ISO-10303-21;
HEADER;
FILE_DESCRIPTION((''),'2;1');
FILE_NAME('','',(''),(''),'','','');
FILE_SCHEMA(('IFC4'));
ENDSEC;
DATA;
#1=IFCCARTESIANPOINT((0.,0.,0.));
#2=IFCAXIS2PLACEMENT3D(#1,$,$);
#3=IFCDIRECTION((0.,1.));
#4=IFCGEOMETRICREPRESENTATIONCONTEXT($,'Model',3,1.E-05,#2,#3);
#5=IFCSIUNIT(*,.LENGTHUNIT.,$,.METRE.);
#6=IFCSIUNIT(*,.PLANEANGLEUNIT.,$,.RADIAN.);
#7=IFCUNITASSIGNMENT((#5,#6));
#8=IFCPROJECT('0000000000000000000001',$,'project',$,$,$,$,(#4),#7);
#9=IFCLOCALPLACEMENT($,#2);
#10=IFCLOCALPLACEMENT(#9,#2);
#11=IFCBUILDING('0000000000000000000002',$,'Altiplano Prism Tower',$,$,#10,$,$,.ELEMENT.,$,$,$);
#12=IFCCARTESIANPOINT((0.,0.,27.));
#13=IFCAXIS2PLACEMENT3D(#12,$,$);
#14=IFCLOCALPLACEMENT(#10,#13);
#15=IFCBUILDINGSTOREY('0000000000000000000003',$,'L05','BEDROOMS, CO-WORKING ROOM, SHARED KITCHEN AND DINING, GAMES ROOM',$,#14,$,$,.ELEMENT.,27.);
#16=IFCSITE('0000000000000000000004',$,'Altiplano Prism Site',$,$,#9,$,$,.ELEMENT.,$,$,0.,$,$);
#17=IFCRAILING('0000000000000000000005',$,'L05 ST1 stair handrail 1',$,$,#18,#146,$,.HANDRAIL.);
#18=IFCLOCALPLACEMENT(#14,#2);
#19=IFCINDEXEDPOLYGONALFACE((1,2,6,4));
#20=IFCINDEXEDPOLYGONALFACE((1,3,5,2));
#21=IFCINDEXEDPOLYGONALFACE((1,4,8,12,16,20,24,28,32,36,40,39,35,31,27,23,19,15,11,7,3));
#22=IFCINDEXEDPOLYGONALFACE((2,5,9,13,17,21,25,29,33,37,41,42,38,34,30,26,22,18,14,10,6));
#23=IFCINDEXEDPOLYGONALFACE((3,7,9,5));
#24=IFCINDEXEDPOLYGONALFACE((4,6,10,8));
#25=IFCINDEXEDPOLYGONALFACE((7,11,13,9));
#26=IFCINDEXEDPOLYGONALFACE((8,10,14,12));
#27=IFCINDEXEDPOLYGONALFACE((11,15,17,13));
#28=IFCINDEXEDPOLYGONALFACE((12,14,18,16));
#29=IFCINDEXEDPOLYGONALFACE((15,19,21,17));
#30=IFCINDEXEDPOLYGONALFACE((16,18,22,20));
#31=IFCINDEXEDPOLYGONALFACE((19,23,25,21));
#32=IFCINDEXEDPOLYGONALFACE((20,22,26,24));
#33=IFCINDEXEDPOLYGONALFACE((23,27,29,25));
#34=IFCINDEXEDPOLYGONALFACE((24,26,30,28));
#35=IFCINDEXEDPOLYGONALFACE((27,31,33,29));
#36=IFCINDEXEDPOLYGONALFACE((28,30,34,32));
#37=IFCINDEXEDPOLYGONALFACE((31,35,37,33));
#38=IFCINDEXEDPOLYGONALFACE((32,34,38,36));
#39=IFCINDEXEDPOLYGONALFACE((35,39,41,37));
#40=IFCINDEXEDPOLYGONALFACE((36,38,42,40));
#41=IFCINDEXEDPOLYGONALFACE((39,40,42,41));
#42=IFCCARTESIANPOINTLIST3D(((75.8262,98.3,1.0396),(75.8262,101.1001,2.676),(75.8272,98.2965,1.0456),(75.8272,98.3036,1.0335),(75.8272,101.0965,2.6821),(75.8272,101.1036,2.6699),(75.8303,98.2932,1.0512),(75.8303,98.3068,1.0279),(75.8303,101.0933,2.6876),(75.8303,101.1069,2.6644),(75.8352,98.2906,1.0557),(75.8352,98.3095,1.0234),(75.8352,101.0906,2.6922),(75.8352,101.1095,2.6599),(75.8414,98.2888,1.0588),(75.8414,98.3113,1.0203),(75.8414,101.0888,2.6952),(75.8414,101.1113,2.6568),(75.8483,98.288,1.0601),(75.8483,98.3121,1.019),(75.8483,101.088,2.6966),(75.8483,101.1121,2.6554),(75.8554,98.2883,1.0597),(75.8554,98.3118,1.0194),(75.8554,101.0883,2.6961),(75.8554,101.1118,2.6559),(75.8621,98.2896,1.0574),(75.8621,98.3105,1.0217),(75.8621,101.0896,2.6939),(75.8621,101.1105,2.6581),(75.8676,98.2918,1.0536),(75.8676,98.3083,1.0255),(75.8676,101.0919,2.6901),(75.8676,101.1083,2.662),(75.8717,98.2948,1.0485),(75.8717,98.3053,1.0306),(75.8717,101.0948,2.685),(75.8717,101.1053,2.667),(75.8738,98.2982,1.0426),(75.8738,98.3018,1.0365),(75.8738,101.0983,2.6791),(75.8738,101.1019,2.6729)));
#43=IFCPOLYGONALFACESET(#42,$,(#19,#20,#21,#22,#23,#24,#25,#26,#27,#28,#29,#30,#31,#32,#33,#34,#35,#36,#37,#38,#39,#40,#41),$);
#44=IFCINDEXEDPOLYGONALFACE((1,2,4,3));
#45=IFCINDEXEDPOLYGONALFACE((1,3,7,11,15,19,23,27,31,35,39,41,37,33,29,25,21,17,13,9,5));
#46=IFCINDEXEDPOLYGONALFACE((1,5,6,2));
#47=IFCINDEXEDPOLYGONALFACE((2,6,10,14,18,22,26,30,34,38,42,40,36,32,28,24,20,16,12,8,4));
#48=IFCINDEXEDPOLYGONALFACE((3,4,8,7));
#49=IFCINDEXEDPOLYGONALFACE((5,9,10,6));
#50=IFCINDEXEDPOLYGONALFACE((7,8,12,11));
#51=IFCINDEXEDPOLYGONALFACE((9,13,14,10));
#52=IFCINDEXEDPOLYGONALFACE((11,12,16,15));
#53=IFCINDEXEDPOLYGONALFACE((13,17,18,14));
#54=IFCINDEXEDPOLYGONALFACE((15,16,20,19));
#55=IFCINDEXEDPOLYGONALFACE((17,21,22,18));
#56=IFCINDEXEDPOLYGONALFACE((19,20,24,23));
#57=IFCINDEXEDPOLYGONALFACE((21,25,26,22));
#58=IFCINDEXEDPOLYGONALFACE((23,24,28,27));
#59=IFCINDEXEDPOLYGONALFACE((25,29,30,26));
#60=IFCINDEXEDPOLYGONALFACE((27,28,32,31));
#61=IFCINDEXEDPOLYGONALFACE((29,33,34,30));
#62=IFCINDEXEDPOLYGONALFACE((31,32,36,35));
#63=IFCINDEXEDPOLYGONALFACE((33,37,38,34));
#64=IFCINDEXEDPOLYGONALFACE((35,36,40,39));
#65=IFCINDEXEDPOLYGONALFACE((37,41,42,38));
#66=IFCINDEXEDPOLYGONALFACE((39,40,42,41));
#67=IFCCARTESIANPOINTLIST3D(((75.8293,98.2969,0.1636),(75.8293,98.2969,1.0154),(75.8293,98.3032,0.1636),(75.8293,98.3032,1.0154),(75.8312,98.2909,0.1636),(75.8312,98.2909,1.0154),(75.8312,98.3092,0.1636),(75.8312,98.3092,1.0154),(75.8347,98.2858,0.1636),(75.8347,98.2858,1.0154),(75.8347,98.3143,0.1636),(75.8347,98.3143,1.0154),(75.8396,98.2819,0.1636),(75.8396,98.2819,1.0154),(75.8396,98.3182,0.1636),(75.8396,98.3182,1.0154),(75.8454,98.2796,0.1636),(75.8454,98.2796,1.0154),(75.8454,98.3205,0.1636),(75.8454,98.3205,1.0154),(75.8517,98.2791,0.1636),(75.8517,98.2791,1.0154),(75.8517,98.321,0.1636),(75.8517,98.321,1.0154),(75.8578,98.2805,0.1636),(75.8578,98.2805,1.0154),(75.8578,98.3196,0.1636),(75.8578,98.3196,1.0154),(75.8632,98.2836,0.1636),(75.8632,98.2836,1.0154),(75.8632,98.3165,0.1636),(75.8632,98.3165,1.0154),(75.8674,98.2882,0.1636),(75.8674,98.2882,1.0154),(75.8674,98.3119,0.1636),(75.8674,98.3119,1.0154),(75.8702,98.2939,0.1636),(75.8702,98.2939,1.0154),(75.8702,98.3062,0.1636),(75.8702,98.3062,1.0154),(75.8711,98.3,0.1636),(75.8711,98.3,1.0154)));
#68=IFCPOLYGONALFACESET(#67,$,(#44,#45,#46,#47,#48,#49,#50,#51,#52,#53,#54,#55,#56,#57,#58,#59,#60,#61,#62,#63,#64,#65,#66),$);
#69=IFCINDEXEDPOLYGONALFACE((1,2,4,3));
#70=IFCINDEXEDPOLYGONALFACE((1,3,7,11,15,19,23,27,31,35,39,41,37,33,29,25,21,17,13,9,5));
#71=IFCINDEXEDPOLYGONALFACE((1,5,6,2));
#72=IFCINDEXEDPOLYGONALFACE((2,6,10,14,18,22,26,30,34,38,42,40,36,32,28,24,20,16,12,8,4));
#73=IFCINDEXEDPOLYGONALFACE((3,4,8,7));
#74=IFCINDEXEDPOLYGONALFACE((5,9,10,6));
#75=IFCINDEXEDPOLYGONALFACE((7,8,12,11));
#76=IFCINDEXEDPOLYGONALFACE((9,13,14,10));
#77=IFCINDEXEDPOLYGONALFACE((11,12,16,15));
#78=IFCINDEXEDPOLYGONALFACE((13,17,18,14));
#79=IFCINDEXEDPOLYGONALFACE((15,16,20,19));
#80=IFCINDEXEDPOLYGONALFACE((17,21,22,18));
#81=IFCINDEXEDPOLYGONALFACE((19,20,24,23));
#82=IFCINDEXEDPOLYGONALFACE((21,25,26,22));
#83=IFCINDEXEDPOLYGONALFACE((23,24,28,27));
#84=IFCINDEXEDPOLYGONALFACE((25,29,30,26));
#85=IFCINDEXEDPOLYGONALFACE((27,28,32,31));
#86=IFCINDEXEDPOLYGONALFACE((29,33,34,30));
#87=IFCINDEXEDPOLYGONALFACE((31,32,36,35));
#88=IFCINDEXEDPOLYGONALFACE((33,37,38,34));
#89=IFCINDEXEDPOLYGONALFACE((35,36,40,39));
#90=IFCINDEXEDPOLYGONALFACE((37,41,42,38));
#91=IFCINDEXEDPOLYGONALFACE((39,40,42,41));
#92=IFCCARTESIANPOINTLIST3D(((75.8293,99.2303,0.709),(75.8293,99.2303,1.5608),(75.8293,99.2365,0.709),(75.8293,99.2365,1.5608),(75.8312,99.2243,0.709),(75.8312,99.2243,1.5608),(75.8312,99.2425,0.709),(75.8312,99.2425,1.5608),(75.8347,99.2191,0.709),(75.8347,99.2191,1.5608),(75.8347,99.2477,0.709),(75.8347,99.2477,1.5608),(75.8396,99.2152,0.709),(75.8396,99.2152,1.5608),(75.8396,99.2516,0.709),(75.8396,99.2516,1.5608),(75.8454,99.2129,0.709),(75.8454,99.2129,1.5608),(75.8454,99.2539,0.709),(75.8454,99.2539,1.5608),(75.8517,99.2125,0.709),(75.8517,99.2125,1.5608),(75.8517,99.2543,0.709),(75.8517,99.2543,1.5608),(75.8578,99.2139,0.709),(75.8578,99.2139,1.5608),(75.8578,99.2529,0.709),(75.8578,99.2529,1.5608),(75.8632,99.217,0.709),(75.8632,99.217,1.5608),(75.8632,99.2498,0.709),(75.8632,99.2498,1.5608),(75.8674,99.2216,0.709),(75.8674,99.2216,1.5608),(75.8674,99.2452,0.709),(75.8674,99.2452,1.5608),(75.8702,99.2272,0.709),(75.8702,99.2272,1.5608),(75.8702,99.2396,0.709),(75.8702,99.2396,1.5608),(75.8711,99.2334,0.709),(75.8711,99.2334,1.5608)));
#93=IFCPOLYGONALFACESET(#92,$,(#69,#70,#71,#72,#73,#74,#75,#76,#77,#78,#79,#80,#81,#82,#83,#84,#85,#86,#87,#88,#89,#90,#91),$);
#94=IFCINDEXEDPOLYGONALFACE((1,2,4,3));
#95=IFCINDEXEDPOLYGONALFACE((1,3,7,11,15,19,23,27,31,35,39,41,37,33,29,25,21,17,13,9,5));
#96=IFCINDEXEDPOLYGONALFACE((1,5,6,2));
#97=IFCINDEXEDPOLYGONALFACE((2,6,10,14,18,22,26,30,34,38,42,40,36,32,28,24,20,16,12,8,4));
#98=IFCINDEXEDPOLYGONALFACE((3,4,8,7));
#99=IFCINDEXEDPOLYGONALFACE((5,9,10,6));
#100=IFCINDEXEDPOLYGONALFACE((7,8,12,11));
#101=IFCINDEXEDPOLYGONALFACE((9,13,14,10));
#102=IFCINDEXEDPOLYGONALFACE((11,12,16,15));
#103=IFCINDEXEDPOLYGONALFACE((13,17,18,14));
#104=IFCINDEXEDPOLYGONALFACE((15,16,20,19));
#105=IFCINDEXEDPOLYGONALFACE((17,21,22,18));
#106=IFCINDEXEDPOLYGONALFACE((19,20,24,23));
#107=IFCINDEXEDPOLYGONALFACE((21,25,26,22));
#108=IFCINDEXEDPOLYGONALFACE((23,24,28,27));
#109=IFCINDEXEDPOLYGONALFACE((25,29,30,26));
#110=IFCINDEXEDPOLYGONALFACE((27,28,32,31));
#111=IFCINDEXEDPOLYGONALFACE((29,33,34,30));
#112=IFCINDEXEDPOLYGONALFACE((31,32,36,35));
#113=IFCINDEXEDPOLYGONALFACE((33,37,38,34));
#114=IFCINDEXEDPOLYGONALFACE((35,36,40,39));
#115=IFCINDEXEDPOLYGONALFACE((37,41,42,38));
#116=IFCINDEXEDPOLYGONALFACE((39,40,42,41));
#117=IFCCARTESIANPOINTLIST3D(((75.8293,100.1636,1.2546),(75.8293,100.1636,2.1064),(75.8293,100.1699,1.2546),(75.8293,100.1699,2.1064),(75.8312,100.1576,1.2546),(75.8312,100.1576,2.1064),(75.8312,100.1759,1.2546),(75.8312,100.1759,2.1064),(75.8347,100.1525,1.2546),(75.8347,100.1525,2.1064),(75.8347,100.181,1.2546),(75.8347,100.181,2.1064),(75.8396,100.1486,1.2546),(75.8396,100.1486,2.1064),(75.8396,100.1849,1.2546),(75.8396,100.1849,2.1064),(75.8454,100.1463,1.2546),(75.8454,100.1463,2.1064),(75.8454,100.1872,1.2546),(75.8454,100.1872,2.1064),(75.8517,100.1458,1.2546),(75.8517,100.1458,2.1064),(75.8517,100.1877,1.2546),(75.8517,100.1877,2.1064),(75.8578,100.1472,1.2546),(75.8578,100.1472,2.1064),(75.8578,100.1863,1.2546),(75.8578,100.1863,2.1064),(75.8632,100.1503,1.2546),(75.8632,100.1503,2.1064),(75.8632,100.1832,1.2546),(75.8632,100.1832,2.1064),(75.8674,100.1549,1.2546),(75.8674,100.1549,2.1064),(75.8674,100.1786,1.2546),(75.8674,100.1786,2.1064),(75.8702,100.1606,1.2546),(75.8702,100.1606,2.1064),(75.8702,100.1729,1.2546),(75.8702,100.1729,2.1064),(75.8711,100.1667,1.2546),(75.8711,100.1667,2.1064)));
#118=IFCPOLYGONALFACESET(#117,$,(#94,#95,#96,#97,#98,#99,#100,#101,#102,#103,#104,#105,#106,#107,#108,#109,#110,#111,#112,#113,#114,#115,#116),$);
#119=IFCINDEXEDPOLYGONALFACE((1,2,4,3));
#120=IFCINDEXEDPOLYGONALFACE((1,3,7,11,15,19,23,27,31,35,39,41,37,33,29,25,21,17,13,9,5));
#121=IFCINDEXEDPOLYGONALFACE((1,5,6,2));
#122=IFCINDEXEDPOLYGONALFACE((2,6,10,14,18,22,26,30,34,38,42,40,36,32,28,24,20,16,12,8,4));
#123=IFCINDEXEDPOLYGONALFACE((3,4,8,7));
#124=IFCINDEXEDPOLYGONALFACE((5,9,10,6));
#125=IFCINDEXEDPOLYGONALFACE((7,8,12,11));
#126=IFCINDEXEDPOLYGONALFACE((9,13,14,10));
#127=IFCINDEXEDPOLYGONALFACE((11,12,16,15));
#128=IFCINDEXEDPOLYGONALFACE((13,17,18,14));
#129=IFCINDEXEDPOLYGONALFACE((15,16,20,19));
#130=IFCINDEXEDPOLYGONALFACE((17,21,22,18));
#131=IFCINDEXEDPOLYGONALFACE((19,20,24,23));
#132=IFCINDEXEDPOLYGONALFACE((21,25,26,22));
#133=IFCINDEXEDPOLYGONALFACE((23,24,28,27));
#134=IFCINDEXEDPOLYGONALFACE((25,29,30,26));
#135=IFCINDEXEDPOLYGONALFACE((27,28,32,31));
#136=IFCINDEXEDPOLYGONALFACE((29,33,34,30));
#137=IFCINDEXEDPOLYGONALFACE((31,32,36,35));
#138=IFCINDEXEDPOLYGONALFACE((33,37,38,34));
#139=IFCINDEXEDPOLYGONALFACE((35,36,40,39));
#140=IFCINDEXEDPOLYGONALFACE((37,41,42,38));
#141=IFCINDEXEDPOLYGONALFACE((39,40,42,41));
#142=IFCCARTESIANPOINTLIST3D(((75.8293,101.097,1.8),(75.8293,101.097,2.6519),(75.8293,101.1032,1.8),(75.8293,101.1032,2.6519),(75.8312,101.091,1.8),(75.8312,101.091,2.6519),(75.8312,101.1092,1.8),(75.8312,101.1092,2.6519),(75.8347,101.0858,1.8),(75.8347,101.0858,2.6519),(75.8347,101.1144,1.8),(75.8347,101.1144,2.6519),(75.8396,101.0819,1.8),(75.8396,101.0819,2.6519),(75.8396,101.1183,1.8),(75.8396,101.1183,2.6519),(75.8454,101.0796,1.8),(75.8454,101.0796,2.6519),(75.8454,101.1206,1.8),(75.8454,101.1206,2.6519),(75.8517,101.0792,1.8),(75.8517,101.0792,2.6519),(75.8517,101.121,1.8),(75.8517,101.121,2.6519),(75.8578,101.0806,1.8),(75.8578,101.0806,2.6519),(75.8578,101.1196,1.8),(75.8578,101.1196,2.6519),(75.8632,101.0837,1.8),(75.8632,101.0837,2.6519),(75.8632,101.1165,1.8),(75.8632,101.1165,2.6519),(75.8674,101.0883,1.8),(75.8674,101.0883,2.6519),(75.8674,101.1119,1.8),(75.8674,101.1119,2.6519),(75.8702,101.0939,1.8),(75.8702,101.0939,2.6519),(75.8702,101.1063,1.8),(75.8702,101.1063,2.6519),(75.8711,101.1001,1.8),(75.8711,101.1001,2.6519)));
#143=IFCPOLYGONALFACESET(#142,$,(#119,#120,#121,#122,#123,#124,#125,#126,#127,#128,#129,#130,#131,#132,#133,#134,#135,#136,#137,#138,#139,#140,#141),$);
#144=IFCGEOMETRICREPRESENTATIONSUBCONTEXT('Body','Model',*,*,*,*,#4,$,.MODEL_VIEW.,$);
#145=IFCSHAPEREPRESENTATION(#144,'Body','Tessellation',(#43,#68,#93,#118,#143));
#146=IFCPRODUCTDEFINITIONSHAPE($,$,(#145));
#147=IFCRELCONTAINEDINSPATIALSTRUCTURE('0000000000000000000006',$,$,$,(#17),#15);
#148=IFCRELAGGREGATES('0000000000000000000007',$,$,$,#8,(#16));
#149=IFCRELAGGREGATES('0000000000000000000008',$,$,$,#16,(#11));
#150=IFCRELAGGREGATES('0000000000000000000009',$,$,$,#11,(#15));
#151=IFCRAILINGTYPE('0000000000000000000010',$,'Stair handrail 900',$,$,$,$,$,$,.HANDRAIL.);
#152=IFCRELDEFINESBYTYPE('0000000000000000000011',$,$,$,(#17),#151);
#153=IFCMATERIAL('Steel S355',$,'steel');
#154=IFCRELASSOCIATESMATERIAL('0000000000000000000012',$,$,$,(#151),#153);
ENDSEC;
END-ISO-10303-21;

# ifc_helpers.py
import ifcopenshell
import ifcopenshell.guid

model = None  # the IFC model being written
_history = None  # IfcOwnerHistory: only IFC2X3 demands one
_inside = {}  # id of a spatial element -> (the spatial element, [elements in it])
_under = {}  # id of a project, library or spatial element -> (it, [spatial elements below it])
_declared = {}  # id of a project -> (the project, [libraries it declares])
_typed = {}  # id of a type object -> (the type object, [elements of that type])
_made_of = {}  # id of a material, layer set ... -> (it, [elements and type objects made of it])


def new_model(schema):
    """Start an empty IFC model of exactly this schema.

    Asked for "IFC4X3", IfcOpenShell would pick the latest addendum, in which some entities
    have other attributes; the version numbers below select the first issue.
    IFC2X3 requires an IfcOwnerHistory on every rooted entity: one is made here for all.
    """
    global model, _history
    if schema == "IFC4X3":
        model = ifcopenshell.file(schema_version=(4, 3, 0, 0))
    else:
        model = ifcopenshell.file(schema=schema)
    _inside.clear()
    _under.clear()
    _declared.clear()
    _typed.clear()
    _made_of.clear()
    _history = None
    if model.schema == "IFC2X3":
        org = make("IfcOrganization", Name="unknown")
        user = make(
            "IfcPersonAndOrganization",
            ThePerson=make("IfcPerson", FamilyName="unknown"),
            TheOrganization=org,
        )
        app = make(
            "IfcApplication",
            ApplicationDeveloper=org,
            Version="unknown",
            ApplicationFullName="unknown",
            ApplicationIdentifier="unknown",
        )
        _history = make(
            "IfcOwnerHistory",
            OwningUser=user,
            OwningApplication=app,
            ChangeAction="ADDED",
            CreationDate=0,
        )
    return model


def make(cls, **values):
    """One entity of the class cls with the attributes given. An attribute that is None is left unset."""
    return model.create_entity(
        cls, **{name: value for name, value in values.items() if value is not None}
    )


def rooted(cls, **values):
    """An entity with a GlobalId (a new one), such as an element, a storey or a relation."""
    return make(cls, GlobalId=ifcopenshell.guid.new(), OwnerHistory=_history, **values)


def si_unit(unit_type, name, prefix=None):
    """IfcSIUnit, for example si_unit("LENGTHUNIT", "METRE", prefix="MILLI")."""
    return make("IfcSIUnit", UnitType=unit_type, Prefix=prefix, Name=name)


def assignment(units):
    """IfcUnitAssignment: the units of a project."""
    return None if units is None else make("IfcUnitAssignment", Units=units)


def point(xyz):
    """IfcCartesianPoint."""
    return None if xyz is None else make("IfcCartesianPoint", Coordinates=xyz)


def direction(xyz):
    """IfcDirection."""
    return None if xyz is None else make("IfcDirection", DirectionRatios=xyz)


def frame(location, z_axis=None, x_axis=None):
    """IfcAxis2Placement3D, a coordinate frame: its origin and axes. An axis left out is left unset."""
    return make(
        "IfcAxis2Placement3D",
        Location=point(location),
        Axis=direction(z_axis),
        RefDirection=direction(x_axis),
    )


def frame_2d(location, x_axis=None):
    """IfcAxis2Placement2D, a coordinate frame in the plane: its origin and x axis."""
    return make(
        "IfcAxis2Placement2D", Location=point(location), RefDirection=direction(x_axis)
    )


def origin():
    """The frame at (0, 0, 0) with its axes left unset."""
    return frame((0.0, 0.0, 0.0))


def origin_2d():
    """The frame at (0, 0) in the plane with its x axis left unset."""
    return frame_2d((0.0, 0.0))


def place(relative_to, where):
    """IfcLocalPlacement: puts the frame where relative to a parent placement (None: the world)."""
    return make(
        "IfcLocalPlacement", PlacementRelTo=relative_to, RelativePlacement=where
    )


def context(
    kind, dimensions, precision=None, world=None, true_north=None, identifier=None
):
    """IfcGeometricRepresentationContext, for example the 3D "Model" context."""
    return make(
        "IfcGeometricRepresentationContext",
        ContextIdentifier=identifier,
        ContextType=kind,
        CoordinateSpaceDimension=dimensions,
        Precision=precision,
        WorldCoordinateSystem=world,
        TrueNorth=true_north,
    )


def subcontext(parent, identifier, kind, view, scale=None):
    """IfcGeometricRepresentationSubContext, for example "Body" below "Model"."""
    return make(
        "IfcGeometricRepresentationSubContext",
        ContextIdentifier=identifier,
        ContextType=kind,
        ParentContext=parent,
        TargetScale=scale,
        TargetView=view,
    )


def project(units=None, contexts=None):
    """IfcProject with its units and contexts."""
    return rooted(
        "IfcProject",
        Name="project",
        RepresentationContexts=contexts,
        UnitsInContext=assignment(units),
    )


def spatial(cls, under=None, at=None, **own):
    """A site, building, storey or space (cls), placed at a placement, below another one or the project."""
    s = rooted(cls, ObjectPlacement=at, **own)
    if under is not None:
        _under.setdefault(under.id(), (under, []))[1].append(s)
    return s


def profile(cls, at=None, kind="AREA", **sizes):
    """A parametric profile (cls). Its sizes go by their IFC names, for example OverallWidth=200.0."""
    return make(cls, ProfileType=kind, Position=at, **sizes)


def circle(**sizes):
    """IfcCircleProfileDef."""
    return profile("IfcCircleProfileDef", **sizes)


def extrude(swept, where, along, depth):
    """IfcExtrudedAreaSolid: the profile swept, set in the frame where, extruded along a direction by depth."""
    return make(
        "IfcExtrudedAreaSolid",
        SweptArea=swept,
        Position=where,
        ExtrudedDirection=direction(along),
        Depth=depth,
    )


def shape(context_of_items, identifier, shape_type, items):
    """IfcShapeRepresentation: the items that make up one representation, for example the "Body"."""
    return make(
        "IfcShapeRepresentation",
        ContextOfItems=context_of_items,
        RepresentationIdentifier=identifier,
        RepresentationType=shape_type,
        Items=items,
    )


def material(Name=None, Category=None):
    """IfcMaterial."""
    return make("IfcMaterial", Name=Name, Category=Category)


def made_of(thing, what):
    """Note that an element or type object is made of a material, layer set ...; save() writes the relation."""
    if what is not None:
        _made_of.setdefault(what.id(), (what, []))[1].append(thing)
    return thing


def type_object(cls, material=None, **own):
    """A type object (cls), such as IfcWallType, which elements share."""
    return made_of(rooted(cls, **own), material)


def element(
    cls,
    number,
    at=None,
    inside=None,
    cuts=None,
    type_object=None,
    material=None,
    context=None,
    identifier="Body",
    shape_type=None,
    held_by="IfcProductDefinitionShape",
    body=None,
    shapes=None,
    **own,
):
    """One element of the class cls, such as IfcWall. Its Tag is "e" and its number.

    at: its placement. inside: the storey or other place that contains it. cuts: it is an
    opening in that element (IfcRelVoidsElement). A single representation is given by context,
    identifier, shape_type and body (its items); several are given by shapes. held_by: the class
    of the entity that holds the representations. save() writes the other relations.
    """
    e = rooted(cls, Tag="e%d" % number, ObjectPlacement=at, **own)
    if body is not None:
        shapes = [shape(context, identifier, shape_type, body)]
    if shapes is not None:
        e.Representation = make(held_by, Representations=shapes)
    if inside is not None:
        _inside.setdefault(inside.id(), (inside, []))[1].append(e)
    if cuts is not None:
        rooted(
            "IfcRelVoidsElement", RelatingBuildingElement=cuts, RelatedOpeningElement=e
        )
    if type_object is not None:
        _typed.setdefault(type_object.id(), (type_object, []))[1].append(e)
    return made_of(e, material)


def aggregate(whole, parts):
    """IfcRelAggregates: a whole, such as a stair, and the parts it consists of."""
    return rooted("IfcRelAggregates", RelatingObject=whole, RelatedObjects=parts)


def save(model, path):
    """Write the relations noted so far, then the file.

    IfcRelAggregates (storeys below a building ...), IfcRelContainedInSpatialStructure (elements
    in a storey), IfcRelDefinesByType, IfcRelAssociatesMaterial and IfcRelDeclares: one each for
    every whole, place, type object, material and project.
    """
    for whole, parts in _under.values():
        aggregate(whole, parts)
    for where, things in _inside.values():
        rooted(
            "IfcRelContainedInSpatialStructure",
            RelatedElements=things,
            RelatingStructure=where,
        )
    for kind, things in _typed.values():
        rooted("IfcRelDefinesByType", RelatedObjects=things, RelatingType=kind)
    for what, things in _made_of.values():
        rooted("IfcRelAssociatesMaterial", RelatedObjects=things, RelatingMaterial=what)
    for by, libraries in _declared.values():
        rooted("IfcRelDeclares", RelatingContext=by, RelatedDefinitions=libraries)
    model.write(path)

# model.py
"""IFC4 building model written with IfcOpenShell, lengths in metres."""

from ifc_helpers import new_model, si_unit, direction, frame, origin, origin_2d, place, context, subcontext, project, spatial, circle, extrude, material, type_object, element, save


model = new_model("IFC4")

# Units and contexts
model_context = context("Model", 3, precision=1e-05, world=origin(), true_north=direction((0.0, 1.0)))
body_context = subcontext(model_context, "Body", "Model", "MODEL_VIEW")
ifc_project = project(units=[si_unit("LENGTHUNIT", "METRE"), si_unit("PLANEANGLEUNIT", "RADIAN")], contexts=[model_context])

# Site, building, storey
site_placement = place(None, origin())
site = spatial("IfcSite", under=ifc_project, at=site_placement, Name="Altiplano Prism Site", CompositionType="ELEMENT", RefElevation=0.0)
building_placement = place(site_placement, origin())
building = spatial("IfcBuilding", under=site, at=building_placement, Name="Altiplano Prism Tower", CompositionType="ELEMENT")
storey_placement = place(building_placement, frame((0.0, 0.0, 27.0)))
storey = spatial("IfcBuildingStorey", under=building, at=storey_placement, Name="L05", Description="BEDROOMS, CO-WORKING ROOM, SHARED KITCHEN AND DINING, GAMES ROOM", CompositionType="ELEMENT", Elevation=27.0)

# Railing
ifc_material_1 = material(Name="Steel S355", Category="steel")
railing_type_1 = type_object("IfcRailingType", Name="Stair handrail 900", PredefinedType="HANDRAIL", material=ifc_material_1)
railing_1_placement = place(storey_placement, frame((75.8501, 98.3, 0.1636)))
element("IfcRailing", 1, at=railing_1_placement, inside=storey, type_object=railing_type_1, Name="L05 ST1 stair handrail 1", PredefinedType="HANDRAIL", context=body_context, shape_type="SweptSolid", body=[
    extrude(circle(Radius=0.0239, at=origin_2d()), frame((0.0, 0.0, 0.876), z_axis=(0.0, 0.863361, 0.504587), x_axis=(-1.0, 0.0, 0.0)), (0.0, 0.0, 1.0), 3.2432),
    extrude(circle(Radius=0.021, at=origin_2d()), origin(), (0.0, 0.0, 1.0), 0.8518),
    extrude(circle(Radius=0.021, at=origin_2d()), frame((0.0, 0.9333, 0.5454)), (0.0, 0.0, 1.0), 0.8518),
    extrude(circle(Radius=0.021, at=origin_2d()), frame((0.0, 1.8667, 1.0911)), (0.0, 0.0, 1.0), 0.8518),
    extrude(circle(Radius=0.021, at=origin_2d()), frame((0.0, 2.8, 1.6365)), (0.0, 0.0, 1.0), 0.8518),
])

save(model, "model.ifc")
